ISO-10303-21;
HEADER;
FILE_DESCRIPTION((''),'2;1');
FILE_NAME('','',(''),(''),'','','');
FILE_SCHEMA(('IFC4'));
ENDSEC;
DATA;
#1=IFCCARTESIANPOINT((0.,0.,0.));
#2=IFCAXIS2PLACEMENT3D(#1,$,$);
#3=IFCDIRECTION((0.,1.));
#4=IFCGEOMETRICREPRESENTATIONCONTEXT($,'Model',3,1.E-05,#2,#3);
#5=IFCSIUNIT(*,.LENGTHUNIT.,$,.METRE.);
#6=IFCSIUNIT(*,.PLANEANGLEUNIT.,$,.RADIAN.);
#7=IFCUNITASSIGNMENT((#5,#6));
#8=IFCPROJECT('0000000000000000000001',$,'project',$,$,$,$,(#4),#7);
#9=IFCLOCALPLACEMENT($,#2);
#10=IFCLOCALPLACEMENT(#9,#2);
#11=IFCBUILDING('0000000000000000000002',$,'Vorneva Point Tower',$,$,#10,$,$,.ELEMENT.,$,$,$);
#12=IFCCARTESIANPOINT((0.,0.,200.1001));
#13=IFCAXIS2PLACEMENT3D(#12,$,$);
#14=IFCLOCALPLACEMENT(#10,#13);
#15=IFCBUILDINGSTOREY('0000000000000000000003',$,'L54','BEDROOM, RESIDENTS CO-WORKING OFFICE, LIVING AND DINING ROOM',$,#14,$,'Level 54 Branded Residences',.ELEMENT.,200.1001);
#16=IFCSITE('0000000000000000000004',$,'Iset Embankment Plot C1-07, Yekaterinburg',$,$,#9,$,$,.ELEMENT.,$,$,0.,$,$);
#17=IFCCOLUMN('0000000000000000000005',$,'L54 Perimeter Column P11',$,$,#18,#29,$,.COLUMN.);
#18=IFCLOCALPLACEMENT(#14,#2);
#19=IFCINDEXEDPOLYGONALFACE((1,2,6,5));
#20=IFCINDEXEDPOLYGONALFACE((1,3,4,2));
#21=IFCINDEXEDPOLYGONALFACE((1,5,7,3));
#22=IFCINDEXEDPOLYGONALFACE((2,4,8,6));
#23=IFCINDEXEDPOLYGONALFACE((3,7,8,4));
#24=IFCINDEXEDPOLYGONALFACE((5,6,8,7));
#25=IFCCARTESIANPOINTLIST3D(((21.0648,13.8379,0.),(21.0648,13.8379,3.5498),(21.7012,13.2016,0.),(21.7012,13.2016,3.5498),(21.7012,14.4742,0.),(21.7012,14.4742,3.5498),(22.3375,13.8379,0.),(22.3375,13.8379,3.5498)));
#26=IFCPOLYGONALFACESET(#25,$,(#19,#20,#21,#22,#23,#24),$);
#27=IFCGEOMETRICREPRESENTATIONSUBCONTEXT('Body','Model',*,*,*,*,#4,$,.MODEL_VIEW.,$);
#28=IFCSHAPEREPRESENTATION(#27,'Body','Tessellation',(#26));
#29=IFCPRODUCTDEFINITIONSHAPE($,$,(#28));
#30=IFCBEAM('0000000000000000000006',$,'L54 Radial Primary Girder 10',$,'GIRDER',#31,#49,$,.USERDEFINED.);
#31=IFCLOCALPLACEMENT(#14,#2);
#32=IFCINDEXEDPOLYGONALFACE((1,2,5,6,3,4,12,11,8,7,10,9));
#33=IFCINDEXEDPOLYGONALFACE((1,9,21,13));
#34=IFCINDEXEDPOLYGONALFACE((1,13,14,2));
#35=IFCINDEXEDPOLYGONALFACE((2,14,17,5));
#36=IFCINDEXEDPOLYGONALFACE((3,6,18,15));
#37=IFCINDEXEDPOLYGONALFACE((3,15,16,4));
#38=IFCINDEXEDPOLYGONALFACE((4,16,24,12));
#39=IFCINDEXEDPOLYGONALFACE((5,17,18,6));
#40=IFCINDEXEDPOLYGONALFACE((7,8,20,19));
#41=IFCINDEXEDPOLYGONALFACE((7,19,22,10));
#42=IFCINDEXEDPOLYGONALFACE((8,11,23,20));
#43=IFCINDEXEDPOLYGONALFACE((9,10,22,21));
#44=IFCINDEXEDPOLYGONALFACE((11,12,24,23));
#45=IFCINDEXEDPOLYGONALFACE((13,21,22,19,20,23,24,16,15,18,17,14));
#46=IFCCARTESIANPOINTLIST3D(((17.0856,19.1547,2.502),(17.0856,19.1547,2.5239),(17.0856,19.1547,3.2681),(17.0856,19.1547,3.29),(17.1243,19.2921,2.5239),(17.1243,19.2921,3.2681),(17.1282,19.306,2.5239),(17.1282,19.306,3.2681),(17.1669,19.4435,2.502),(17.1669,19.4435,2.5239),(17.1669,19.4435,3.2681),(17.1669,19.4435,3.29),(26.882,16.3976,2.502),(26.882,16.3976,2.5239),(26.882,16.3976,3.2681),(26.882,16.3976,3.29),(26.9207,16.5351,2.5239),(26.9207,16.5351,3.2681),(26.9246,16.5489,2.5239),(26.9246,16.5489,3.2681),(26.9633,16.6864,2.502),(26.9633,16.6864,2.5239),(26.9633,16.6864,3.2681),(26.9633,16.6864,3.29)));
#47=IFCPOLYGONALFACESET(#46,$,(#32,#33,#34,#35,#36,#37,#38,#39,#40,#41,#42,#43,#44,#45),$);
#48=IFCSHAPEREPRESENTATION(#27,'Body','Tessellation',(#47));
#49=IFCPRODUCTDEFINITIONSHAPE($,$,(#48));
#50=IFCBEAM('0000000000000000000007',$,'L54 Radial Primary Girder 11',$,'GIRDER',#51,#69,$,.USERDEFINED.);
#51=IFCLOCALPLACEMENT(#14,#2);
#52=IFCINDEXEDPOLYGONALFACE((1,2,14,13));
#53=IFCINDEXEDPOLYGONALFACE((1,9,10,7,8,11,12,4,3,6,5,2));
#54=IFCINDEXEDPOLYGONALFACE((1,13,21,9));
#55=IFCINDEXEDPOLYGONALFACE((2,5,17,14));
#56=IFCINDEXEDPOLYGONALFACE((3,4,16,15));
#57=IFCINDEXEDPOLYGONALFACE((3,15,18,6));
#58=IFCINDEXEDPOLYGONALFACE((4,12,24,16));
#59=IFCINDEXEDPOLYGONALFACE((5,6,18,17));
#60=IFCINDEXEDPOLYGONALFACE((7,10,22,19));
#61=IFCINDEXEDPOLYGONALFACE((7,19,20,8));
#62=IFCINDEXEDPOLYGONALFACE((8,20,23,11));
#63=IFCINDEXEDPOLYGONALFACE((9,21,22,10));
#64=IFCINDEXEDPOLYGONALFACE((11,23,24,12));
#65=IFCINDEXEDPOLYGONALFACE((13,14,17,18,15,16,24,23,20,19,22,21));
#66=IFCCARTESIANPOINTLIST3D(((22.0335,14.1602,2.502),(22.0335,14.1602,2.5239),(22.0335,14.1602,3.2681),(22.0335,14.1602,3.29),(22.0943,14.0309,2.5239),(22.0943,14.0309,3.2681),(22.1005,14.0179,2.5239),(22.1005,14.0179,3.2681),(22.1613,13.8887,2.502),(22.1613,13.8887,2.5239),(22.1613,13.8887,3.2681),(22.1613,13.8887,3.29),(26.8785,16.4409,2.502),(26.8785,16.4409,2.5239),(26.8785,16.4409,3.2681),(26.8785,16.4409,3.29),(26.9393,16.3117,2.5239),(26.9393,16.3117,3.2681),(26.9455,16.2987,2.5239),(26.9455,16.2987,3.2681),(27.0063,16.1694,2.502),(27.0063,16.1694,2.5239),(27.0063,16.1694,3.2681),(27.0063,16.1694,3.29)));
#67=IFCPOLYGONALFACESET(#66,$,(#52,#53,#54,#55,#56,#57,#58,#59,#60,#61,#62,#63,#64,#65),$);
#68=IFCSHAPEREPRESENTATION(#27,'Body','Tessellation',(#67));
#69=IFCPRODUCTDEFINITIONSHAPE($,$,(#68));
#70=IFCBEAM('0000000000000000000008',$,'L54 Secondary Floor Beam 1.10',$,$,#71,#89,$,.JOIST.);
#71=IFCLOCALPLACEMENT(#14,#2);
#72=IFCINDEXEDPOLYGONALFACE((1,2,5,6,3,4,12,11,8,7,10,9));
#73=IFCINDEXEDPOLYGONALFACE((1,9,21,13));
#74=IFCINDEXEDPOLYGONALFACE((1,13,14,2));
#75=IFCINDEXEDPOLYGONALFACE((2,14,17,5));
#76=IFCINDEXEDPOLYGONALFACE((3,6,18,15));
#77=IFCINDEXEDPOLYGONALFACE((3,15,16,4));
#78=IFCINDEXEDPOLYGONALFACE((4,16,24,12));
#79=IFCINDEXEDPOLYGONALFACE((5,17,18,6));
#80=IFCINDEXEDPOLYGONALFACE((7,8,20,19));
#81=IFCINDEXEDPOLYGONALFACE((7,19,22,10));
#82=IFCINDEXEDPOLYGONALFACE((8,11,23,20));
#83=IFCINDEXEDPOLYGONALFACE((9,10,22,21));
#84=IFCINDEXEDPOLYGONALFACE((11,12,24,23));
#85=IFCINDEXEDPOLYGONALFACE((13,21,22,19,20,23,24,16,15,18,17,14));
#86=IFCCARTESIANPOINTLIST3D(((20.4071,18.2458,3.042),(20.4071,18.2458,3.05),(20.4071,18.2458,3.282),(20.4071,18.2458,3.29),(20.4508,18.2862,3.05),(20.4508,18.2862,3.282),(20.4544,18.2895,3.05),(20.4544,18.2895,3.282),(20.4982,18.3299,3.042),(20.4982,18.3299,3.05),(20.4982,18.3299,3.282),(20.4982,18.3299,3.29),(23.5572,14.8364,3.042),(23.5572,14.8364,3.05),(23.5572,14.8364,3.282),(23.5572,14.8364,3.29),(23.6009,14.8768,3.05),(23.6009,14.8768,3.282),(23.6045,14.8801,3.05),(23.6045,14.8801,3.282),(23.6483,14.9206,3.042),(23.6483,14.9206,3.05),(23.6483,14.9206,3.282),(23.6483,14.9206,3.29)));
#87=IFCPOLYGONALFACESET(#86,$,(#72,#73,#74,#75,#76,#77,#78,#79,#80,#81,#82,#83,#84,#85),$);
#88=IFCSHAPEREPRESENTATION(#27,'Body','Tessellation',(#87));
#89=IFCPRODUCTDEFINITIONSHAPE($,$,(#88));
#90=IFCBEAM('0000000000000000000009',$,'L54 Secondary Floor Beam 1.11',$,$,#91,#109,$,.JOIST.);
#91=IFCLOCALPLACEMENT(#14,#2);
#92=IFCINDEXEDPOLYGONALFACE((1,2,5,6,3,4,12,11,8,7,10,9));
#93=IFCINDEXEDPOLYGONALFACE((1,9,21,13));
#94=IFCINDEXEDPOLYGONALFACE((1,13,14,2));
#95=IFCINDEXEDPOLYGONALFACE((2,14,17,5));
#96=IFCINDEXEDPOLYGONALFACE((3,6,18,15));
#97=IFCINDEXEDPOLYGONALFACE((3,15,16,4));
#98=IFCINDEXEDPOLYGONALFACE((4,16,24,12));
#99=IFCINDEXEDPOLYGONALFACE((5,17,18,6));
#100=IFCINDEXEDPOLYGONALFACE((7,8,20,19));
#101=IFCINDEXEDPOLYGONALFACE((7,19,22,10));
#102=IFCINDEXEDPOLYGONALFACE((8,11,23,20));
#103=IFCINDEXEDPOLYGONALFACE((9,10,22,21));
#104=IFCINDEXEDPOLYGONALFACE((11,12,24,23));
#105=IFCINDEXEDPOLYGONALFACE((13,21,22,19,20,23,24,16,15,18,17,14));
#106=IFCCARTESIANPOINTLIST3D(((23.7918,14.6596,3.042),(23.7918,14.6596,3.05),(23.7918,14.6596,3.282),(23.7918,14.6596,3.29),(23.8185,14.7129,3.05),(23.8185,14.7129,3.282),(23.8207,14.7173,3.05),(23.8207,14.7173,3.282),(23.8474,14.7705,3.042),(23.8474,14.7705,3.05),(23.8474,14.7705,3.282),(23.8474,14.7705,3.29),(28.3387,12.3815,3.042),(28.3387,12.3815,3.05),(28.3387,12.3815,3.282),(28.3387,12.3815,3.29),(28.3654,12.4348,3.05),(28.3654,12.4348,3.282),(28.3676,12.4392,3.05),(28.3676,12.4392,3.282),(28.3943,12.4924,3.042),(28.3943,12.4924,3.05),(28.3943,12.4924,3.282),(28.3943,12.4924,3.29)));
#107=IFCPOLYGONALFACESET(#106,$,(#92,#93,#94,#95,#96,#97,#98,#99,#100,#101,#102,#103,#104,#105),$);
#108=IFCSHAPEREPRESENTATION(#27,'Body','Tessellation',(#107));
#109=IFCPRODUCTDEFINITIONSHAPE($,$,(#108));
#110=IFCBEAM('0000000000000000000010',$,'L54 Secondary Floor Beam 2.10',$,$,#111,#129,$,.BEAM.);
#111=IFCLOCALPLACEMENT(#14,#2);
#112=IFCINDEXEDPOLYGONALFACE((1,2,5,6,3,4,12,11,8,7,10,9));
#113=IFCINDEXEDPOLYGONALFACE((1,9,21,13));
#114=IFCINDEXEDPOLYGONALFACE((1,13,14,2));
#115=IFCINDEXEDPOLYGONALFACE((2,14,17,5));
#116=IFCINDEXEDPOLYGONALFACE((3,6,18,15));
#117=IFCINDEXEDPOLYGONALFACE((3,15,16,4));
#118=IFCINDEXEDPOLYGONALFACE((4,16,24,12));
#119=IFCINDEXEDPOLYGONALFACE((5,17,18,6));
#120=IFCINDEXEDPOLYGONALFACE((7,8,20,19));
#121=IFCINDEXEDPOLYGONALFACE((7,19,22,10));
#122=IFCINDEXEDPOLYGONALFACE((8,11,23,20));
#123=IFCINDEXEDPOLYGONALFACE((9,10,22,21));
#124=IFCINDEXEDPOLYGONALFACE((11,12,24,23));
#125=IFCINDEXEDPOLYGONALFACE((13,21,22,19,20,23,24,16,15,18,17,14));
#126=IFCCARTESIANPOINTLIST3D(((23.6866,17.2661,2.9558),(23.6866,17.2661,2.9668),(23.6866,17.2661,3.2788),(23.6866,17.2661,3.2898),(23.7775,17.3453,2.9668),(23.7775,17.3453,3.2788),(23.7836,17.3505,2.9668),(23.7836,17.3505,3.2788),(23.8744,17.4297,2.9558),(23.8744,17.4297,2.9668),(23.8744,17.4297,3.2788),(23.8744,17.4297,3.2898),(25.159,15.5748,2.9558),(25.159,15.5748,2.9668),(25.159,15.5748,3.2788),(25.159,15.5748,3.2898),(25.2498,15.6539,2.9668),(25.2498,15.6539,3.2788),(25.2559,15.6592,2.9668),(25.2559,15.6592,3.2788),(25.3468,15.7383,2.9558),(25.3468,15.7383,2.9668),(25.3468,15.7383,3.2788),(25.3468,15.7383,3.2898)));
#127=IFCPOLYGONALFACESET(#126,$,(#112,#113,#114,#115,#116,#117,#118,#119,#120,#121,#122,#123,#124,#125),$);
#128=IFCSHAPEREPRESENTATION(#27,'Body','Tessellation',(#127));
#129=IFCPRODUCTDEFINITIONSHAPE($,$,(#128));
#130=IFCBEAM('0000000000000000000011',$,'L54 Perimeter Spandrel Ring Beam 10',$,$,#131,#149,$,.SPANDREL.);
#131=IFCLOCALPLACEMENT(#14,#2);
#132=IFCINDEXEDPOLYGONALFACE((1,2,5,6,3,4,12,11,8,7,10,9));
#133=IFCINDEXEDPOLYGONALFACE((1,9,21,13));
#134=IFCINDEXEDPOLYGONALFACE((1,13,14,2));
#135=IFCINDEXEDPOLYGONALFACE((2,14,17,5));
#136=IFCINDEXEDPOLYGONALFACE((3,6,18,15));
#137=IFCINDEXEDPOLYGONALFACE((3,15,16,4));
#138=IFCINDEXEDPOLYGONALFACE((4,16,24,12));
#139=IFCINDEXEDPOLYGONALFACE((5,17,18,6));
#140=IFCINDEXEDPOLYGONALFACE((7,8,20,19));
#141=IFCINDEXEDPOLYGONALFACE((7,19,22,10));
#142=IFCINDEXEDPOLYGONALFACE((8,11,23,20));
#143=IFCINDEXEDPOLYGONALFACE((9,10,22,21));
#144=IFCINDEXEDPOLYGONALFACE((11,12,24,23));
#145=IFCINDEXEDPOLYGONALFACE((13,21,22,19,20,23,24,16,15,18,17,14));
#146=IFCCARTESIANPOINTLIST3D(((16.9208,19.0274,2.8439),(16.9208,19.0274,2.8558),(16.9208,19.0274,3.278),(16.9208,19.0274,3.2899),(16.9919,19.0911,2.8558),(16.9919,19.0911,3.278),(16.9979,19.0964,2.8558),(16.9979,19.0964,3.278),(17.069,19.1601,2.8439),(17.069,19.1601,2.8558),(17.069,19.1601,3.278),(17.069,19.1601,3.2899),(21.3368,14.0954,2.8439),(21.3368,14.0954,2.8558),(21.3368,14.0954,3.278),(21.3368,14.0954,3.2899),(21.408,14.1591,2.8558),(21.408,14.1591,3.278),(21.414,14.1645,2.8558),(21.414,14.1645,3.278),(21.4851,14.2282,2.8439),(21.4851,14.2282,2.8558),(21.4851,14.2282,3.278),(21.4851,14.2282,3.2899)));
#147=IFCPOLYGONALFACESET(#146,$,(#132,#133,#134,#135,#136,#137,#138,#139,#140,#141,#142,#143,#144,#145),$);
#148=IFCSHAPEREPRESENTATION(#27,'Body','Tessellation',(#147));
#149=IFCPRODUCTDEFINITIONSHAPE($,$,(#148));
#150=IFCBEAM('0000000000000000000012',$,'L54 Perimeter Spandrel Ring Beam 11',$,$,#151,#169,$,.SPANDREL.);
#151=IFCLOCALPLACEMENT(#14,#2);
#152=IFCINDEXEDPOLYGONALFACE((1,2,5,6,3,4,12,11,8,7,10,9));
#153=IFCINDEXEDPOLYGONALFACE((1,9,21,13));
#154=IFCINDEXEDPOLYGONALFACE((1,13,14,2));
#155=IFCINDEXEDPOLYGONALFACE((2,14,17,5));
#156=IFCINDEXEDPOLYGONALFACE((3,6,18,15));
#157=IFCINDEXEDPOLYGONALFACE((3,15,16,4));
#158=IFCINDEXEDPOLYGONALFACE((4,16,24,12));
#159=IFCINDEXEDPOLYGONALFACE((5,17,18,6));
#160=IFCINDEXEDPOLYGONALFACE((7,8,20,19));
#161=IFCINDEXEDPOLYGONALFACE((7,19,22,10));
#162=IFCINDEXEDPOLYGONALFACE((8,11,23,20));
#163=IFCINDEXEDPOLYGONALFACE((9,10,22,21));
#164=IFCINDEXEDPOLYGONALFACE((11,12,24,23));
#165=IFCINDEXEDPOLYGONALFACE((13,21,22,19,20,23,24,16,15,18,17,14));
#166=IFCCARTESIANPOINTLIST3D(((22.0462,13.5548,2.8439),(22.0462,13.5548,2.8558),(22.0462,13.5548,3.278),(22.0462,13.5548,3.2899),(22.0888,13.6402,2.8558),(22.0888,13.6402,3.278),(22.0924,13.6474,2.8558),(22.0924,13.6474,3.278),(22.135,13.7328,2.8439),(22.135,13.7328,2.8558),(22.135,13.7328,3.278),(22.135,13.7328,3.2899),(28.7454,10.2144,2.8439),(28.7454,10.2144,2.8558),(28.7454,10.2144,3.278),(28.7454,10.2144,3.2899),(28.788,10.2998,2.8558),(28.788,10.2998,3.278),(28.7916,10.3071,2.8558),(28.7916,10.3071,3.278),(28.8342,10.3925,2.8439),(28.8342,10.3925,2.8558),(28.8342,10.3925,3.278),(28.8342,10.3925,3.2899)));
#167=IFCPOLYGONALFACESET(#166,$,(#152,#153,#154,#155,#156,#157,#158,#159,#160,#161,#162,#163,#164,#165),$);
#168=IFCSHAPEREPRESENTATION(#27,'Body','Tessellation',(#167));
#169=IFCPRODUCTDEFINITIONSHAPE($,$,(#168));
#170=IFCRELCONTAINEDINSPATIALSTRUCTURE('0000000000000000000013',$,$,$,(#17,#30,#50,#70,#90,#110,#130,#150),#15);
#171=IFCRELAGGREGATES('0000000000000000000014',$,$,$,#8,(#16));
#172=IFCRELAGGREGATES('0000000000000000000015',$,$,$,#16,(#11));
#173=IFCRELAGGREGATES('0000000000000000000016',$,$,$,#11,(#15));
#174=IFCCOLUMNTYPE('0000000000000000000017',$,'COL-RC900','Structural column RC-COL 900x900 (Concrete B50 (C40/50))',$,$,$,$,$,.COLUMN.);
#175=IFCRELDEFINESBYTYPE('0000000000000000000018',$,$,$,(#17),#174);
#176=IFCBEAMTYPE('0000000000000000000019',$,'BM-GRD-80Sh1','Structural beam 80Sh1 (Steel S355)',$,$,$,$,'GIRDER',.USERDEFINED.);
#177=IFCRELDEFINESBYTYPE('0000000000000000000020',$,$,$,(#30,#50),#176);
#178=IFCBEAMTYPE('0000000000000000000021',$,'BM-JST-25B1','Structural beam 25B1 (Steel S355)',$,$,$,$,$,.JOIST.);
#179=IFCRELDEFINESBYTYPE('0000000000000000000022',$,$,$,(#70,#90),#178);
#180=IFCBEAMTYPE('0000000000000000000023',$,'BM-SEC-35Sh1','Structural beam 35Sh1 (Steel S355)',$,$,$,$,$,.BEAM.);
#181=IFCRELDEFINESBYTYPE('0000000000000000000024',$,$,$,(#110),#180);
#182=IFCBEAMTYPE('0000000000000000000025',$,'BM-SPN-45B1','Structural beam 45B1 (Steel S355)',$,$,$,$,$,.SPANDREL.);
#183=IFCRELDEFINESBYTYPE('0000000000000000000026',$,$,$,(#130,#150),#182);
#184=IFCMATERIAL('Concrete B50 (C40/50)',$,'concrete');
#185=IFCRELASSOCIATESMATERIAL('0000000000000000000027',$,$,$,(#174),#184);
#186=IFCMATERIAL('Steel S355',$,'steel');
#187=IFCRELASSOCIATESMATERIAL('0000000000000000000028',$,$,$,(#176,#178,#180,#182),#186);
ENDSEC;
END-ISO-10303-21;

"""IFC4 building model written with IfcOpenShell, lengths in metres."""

from ifc_helpers import new_model, si_unit, direction, frame, origin, origin_2d, place, context, subcontext, project, spatial, rectangle, i_section, extrude, material, material_profile, profile_set, type_object, element, save


model = new_model("IFC4")

# Units and contexts
model_context = context("Model", 3, precision=1e-05, world=origin(), true_north=direction((0.0, 1.0)))
body_context = subcontext(model_context, "Body", "Model", "MODEL_VIEW")
ifc_project = project(units=[si_unit("LENGTHUNIT", "METRE"), si_unit("PLANEANGLEUNIT", "RADIAN")], contexts=[model_context])

# Site, building, storey
site_placement = place(None, origin())
site = spatial("IfcSite", under=ifc_project, at=site_placement, Name="Iset Embankment Plot C1-07, Yekaterinburg", CompositionType="ELEMENT", RefElevation=0.0)
building_placement = place(site_placement, origin())
building = spatial("IfcBuilding", under=site, at=building_placement, Name="Vorneva Point Tower", CompositionType="ELEMENT")
storey_placement = place(building_placement, frame((0.0, 0.0, 200.1001)))
storey = spatial("IfcBuildingStorey", under=building, at=storey_placement, Name="L54", Description="BEDROOM, RESIDENTS CO-WORKING OFFICE, LIVING AND DINING ROOM", LongName="Level 54 Branded Residences", CompositionType="ELEMENT", Elevation=200.1001)

# Column
ifc_material_1 = material(Name="Concrete B50 (C40/50)", Category="concrete")
ifc_material_profile_1 = material_profile(ifc_material_1, rectangle(XDim=0.8999, YDim=0.8999, at=origin_2d()), Name="RC-COL 900x900")
ifc_profile_set_1 = profile_set([ifc_material_profile_1], Name="Concrete B50 (C40/50)")
column_type = type_object("IfcColumnType", Name="COL-RC900", Description="Structural column RC-COL 900x900 (Concrete B50 (C40/50))", PredefinedType="COLUMN", material=ifc_profile_set_1)
column_placement = place(storey_placement, frame((21.7012, 13.8379, 0.0), z_axis=(0.0, 0.0, 1.0), x_axis=(-0.707107, -0.707107, 0.0)))
element("IfcColumn", 1, at=column_placement, inside=storey, type_object=column_type, Name="L54 Perimeter Column P11", PredefinedType="COLUMN", context=body_context, shape_type="SweptSolid", body=[
    extrude(rectangle(XDim=0.8999, YDim=0.8999, at=origin_2d()), origin(), (0.0, 0.0, 1.0), 3.5498),
])

# Beams
ifc_material_2 = material(Name="Steel S355", Category="steel")
ifc_material_profile_2 = material_profile(ifc_material_2, i_section(OverallWidth=0.3, OverallDepth=0.7881, WebThickness=0.0144, FlangeThickness=0.022, at=origin_2d()), Name="80Sh1")
ifc_profile_set_2 = profile_set([ifc_material_profile_2], Name="Steel S355")
beam_type_1 = type_object("IfcBeamType", Name="BM-GRD-80Sh1", Description="Structural beam 80Sh1 (Steel S355)", ElementType="GIRDER", PredefinedType="USERDEFINED", material=ifc_profile_set_2)
beam_1_placement = place(storey_placement, frame((17.1262, 19.2991, 2.896), z_axis=(0.962604, -0.270914, 0.0), x_axis=(0.270914, 0.962604, 0.0)))
element("IfcBeam", 2, at=beam_1_placement, inside=storey, type_object=beam_type_1, Name="L54 Radial Primary Girder 10", ObjectType="GIRDER", PredefinedType="USERDEFINED", context=body_context, shape_type="SweptSolid", body=[
    extrude(i_section(OverallWidth=0.3, OverallDepth=0.7881, WebThickness=0.0144, FlangeThickness=0.022, at=origin_2d()), origin(), (0.0, 0.0, 1.0), 10.177),
])
beam_2_placement = place(storey_placement, frame((22.0974, 14.0244, 2.896), z_axis=(0.904763, 0.425916, 0.0), x_axis=(-0.425916, 0.904763, 0.0)))
element("IfcBeam", 3, at=beam_2_placement, inside=storey, type_object=beam_type_1, Name="L54 Radial Primary Girder 11", ObjectType="GIRDER", PredefinedType="USERDEFINED", context=body_context, shape_type="SweptSolid", body=[
    extrude(i_section(OverallWidth=0.3, OverallDepth=0.7881, WebThickness=0.0144, FlangeThickness=0.022, at=origin_2d()), origin(), (0.0, 0.0, 1.0), 5.355),
])
ifc_material_profile_3 = material_profile(ifc_material_2, i_section(OverallWidth=0.124, OverallDepth=0.248, WebThickness=0.0049, FlangeThickness=0.0081, at=origin_2d()), Name="25B1")
ifc_profile_set_3 = profile_set([ifc_material_profile_3], Name="Steel S355")
beam_type_2 = type_object("IfcBeamType", Name="BM-JST-25B1", Description="Structural beam 25B1 (Steel S355)", PredefinedType="JOIST", material=ifc_profile_set_3)
beam_3_placement = place(storey_placement, frame((20.4526, 18.2878, 3.166), z_axis=(0.678627, -0.734483, 0.0), x_axis=(0.734483, 0.678627, 0.0)))
element("IfcBeam", 4, at=beam_3_placement, inside=storey, type_object=beam_type_2, Name="L54 Secondary Floor Beam 1.10", PredefinedType="JOIST", context=body_context, shape_type="SweptSolid", body=[
    extrude(i_section(OverallWidth=0.124, OverallDepth=0.248, WebThickness=0.0049, FlangeThickness=0.0081, at=origin_2d()), origin(), (0.0, 0.0, 1.0), 4.6418),
])
beam_4_placement = place(storey_placement, frame((23.8196, 14.7151, 3.166), z_axis=(0.894062, -0.447943, 0.0), x_axis=(0.447943, 0.894062, 0.0)))
element("IfcBeam", 5, at=beam_4_placement, inside=storey, type_object=beam_type_2, Name="L54 Secondary Floor Beam 1.11", PredefinedType="JOIST", context=body_context, shape_type="SweptSolid", body=[
    extrude(i_section(OverallWidth=0.124, OverallDepth=0.248, WebThickness=0.0049, FlangeThickness=0.0081, at=origin_2d()), origin(), (0.0, 0.0, 1.0), 5.0857),
])
ifc_material_profile_4 = material_profile(ifc_material_2, i_section(OverallWidth=0.249, OverallDepth=0.334, WebThickness=0.0081, FlangeThickness=0.011, at=origin_2d()), Name="35Sh1")
ifc_profile_set_4 = profile_set([ifc_material_profile_4], Name="Steel S355")
beam_type_3 = type_object("IfcBeamType", Name="BM-SEC-35Sh1", Description="Structural beam 35Sh1 (Steel S355)", PredefinedType="BEAM", material=ifc_profile_set_4)
beam_5_placement = place(storey_placement, frame((23.7805, 17.3479, 3.1228), z_axis=(0.656591, -0.754247, 0.0), x_axis=(0.754247, 0.656591, 0.0)))
element("IfcBeam", 6, at=beam_5_placement, inside=storey, type_object=beam_type_3, Name="L54 Secondary Floor Beam 2.10", PredefinedType="BEAM", context=body_context, shape_type="SweptSolid", body=[
    extrude(i_section(OverallWidth=0.249, OverallDepth=0.334, WebThickness=0.0081, FlangeThickness=0.011, at=origin_2d()), origin(), (0.0, 0.0, 1.0), 2.2424),
])
ifc_material_profile_5 = material_profile(ifc_material_2, i_section(OverallWidth=0.199, OverallDepth=0.446, WebThickness=0.0081, FlangeThickness=0.012, at=origin_2d()), Name="45B1")
ifc_profile_set_5 = profile_set([ifc_material_profile_5], Name="Steel S355")
beam_type_4 = type_object("IfcBeamType", Name="BM-SPN-45B1", Description="Structural beam 45B1 (Steel S355)", PredefinedType="SPANDREL", material=ifc_profile_set_5)
beam_6_placement = place(storey_placement, frame((16.9949, 19.0938, 3.0669), z_axis=(0.66707, -0.744995, 0.0), x_axis=(0.744995, 0.66707, 0.0)))
element("IfcBeam", 7, at=beam_6_placement, inside=storey, type_object=beam_type_4, Name="L54 Perimeter Spandrel Ring Beam 10", PredefinedType="SPANDREL", context=body_context, shape_type="SweptSolid", body=[
    extrude(i_section(OverallWidth=0.199, OverallDepth=0.446, WebThickness=0.0081, FlangeThickness=0.012, at=origin_2d()), origin(), (0.0, 0.0, 1.0), 6.6201),
])
beam_7_placement = place(storey_placement, frame((22.0906, 13.6438, 3.0669), z_axis=(0.894922, -0.446222, 0.0), x_axis=(0.446222, 0.894922, 0.0)))
element("IfcBeam", 8, at=beam_7_placement, inside=storey, type_object=beam_type_4, Name="L54 Perimeter Spandrel Ring Beam 11", PredefinedType="SPANDREL", context=body_context, shape_type="SweptSolid", body=[
    extrude(i_section(OverallWidth=0.199, OverallDepth=0.446, WebThickness=0.0081, FlangeThickness=0.012, at=origin_2d()), origin(), (0.0, 0.0, 1.0), 7.4858),
])

save(model, "model.ifc")
